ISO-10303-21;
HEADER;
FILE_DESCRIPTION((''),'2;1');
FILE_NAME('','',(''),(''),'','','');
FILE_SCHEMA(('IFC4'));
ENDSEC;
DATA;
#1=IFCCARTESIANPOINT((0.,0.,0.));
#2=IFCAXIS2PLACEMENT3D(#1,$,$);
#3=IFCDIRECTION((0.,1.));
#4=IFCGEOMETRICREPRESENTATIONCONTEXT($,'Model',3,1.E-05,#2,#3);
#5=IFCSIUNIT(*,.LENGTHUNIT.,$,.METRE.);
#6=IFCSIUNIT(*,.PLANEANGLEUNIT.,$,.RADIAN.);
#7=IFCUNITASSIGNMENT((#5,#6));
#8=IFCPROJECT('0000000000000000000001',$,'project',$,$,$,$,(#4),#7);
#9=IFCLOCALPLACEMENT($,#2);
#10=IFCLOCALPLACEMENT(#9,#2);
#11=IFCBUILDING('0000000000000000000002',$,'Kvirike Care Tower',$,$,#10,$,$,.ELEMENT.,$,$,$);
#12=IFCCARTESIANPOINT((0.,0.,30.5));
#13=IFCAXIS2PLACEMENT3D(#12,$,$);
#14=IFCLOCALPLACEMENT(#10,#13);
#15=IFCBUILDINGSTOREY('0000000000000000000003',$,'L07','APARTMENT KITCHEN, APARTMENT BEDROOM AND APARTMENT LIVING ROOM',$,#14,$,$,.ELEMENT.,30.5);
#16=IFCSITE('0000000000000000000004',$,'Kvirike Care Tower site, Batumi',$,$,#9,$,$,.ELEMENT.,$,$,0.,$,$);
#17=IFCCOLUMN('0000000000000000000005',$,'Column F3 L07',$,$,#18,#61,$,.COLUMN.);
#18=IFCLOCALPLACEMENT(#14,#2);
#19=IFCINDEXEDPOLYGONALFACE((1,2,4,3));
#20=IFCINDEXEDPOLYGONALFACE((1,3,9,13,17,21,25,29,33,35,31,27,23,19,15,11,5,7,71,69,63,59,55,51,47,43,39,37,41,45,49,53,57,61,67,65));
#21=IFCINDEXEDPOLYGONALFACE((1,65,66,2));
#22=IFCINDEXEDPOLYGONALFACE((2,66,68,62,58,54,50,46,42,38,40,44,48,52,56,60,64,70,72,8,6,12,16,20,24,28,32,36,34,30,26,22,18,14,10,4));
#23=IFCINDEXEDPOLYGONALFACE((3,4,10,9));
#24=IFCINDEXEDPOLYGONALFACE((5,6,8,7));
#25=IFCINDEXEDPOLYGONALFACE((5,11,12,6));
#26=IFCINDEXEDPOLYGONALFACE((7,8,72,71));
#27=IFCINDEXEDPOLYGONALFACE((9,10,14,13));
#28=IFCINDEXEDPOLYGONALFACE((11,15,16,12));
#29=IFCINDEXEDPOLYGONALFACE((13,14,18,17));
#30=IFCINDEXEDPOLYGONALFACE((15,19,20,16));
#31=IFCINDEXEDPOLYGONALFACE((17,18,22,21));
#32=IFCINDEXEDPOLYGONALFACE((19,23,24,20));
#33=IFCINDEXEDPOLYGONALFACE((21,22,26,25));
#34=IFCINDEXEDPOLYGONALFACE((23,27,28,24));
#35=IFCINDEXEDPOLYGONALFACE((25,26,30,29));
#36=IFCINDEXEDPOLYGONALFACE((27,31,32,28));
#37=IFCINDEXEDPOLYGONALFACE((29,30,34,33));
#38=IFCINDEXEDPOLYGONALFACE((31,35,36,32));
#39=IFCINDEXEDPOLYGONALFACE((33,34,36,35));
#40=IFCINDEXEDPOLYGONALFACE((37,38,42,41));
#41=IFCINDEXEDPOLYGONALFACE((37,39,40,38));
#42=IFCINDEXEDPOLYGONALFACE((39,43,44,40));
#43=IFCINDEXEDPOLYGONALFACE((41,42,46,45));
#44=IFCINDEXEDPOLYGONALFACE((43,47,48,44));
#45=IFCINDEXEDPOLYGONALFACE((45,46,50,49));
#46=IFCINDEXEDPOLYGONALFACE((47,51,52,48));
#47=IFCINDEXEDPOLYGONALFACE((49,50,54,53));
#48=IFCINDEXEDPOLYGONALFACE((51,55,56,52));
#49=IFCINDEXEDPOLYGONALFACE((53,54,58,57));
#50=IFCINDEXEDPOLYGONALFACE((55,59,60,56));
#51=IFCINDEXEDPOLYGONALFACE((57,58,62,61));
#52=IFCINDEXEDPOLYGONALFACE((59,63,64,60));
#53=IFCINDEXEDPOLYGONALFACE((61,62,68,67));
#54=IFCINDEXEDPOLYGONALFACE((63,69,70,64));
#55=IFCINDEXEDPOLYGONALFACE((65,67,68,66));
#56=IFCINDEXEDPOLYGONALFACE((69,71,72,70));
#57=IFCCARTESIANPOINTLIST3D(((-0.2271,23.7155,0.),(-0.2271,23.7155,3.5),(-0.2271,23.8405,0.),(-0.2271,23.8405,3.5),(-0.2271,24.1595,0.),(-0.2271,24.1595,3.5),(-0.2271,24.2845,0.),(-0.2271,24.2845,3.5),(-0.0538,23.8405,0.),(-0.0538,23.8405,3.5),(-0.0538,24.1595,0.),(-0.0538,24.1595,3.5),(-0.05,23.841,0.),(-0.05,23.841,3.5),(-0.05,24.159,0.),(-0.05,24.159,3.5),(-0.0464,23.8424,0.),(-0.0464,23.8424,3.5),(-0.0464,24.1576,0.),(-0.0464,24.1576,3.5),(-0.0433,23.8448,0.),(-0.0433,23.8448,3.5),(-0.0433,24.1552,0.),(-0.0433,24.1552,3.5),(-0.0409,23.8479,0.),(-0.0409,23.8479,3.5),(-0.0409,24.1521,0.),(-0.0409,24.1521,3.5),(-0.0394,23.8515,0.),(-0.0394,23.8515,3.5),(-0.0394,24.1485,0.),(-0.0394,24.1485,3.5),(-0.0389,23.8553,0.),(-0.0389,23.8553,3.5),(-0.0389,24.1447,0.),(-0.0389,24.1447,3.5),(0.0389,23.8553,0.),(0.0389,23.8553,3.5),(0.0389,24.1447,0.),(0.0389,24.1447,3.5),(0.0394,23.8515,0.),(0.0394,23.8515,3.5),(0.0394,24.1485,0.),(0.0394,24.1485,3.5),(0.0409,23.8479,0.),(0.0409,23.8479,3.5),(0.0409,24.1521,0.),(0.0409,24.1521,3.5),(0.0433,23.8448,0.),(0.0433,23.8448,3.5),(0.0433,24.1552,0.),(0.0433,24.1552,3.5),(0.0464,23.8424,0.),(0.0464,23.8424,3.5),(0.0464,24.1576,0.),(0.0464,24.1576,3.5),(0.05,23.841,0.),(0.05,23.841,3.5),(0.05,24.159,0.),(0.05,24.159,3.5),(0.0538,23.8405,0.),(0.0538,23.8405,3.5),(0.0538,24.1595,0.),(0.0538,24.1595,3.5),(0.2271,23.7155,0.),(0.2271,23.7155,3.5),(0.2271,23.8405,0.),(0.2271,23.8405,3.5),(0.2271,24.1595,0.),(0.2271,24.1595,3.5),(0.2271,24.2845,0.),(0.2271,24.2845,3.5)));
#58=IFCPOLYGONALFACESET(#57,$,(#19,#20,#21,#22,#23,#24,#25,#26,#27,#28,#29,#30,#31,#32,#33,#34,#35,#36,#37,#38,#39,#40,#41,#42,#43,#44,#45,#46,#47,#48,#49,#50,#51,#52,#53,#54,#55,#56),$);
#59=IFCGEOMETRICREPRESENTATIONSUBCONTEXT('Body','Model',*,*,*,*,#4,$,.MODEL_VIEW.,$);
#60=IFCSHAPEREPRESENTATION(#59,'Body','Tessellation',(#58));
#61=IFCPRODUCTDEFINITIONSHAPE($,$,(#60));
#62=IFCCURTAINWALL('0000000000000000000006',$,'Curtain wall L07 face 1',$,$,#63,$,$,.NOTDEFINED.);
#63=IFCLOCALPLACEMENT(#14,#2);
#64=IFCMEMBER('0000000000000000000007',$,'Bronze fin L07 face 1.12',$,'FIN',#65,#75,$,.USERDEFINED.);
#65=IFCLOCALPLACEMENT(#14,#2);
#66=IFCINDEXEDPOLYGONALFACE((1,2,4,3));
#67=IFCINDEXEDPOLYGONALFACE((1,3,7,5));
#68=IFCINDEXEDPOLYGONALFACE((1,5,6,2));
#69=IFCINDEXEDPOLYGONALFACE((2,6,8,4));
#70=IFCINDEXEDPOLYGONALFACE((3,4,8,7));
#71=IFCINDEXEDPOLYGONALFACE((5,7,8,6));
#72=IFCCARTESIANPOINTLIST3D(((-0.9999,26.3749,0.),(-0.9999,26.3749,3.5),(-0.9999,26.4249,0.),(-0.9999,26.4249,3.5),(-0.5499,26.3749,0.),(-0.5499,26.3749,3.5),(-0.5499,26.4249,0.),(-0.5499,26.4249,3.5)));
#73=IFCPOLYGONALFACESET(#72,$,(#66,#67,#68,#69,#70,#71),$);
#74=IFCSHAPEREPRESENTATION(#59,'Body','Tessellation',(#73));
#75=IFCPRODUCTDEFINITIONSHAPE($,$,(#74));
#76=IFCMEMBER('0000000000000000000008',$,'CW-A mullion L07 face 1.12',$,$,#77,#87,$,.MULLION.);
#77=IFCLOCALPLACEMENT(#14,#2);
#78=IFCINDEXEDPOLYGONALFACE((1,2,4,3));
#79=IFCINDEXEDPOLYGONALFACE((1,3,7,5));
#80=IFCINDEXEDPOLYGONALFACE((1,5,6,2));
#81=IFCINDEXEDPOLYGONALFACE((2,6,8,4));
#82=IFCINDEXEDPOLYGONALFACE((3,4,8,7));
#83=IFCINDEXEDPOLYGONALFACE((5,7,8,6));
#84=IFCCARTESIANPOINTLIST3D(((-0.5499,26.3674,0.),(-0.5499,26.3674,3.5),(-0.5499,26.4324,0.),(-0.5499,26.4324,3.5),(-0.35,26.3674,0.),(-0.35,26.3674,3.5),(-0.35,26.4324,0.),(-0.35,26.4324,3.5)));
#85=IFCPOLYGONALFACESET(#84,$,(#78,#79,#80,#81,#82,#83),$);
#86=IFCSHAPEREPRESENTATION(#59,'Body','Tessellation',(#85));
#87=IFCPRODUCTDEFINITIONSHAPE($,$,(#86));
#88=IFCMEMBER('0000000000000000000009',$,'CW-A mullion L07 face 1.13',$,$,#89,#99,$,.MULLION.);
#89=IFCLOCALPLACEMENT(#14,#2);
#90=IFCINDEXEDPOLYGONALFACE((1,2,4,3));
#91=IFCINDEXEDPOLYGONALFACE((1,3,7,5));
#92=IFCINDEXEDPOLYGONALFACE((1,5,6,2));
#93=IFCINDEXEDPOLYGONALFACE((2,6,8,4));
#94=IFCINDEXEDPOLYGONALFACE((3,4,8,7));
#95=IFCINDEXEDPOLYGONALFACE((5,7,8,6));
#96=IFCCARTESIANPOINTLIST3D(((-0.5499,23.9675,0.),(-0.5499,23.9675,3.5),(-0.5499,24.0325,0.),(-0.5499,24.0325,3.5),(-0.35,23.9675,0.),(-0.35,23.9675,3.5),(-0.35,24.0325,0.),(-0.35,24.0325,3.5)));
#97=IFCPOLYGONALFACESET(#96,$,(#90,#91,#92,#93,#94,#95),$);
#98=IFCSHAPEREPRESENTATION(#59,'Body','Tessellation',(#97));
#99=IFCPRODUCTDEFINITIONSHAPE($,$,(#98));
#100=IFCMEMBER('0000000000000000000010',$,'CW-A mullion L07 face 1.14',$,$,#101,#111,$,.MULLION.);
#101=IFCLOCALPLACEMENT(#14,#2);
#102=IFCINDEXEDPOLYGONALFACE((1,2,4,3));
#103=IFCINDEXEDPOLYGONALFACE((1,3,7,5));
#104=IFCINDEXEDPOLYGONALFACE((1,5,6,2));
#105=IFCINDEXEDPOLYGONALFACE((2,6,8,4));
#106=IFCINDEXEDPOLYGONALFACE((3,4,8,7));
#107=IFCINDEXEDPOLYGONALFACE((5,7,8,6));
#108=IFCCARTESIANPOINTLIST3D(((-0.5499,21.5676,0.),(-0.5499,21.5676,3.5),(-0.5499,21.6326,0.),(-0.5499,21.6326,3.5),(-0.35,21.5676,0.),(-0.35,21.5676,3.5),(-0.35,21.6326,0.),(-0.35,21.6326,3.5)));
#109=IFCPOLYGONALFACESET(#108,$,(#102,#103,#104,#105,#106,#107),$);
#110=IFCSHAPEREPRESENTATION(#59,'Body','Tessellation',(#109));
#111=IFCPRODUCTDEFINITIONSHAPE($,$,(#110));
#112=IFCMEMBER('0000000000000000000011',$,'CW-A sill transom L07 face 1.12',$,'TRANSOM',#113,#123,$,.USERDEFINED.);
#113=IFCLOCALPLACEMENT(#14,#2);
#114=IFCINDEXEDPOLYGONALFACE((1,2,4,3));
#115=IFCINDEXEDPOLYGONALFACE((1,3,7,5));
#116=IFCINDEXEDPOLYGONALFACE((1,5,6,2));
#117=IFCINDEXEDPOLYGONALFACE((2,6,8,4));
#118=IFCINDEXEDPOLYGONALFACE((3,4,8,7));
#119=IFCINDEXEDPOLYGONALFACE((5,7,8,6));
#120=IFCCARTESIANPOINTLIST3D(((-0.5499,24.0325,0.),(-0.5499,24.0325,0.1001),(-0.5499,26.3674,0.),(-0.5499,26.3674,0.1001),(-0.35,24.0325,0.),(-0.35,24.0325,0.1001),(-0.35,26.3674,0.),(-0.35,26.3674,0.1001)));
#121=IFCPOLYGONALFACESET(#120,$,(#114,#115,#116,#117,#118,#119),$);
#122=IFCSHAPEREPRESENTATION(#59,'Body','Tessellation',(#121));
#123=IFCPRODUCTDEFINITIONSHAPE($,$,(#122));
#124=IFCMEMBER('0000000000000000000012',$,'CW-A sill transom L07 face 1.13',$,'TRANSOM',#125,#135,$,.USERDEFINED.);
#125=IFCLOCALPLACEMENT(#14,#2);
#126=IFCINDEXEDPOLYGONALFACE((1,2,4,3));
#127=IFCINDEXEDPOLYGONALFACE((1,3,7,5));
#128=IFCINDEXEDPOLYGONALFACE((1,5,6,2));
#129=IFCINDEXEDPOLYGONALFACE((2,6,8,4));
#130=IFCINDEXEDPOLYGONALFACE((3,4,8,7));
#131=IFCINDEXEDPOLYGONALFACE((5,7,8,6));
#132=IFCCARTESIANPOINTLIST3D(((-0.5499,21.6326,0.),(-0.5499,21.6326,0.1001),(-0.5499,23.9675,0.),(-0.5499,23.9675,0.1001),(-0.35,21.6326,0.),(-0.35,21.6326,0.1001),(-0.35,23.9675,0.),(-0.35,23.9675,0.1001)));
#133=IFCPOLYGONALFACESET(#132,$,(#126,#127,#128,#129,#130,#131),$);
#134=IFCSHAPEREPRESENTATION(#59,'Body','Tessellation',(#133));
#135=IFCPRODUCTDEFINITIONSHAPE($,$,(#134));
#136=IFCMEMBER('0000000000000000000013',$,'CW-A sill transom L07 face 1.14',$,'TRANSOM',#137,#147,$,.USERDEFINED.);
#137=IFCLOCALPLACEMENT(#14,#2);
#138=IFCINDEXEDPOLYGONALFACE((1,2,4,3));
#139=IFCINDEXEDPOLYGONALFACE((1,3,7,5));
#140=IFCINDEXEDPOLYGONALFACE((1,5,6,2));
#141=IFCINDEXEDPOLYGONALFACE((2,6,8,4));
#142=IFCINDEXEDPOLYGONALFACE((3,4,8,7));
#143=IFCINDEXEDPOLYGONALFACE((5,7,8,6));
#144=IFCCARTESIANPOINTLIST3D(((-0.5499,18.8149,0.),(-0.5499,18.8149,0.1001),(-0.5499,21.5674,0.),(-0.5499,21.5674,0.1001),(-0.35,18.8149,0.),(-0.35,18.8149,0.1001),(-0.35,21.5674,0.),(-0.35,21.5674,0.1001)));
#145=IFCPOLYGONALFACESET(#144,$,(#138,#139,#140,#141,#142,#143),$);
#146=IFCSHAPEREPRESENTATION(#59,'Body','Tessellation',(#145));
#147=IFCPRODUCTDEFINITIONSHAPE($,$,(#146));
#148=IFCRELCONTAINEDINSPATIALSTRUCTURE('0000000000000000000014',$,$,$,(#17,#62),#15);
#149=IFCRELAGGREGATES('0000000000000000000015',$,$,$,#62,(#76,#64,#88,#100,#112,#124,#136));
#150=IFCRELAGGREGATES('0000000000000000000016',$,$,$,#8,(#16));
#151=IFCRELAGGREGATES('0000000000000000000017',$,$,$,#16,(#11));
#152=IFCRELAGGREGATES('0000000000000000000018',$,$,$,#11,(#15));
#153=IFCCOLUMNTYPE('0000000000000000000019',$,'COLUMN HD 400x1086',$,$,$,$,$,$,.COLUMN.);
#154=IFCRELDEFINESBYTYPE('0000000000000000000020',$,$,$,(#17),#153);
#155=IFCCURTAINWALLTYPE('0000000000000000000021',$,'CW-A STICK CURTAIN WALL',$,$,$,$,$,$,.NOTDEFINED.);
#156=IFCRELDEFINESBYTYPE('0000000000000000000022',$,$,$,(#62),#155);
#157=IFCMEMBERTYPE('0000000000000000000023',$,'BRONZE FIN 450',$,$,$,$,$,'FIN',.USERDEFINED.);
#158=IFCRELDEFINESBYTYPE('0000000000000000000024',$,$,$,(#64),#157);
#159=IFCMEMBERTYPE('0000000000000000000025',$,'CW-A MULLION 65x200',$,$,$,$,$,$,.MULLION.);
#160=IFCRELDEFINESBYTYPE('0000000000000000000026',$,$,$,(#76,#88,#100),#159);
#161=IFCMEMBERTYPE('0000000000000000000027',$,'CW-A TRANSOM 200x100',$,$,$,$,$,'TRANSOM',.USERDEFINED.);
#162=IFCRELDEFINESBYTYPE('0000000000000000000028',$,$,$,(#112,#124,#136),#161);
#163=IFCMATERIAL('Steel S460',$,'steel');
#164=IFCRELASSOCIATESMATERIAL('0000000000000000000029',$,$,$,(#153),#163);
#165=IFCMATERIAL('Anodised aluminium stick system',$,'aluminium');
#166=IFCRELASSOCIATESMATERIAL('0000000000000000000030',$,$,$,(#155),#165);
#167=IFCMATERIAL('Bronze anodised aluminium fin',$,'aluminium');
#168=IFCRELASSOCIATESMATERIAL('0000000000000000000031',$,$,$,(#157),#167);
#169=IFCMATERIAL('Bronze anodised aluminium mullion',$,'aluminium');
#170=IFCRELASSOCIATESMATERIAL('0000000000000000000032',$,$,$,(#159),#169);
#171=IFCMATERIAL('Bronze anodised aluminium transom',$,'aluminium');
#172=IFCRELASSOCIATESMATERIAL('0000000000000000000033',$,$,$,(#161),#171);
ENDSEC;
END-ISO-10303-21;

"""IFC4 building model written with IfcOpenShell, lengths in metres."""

from ifc_helpers import new_model, si_unit, direction, frame, origin, origin_2d, place, context, subcontext, project, spatial, rectangle, i_section, extrude, material, material_profile, profile_set, type_object, element, aggregate, save


model = new_model("IFC4")

# Units and contexts
model_context = context("Model", 3, precision=1e-05, world=origin(), true_north=direction((0.0, 1.0)))
body_context = subcontext(model_context, "Body", "Model", "MODEL_VIEW")
ifc_project = project(units=[si_unit("LENGTHUNIT", "METRE"), si_unit("PLANEANGLEUNIT", "RADIAN")], contexts=[model_context])

# Site, building, storey
site_placement = place(None, origin())
site = spatial("IfcSite", under=ifc_project, at=site_placement, Name="Kvirike Care Tower site, Batumi", CompositionType="ELEMENT", RefElevation=0.0)
building_placement = place(site_placement, origin())
building = spatial("IfcBuilding", under=site, at=building_placement, Name="Kvirike Care Tower", CompositionType="ELEMENT")
storey_placement = place(building_placement, frame((0.0, 0.0, 30.5)))
storey = spatial("IfcBuildingStorey", under=building, at=storey_placement, Name="L07", Description="APARTMENT KITCHEN, APARTMENT BEDROOM AND APARTMENT LIVING ROOM", CompositionType="ELEMENT", Elevation=30.5)

# Column
ifc_material_1 = material(Name="Steel S460", Category="steel")
ifc_material_profile_1 = material_profile(ifc_material_1, i_section(OverallWidth=0.4541, OverallDepth=0.5691, WebThickness=0.0779, FlangeThickness=0.125, FilletRadius=0.0149, at=origin_2d()), Name="HD 400x1086")
ifc_profile_set_1 = profile_set([ifc_material_profile_1], Name="Steel S460")
column_type = type_object("IfcColumnType", Name="COLUMN HD 400x1086", PredefinedType="COLUMN", material=ifc_profile_set_1)
column_placement = place(storey_placement, frame((0.0, 24.0, 0.0), z_axis=(0.0, 0.0, 1.0), x_axis=(1.0, 0.0, 0.0)))
element("IfcColumn", 1, at=column_placement, inside=storey, type_object=column_type, Name="Column F3 L07", PredefinedType="COLUMN", context=body_context, shape_type="SweptSolid", body=[
    extrude(i_section(OverallWidth=0.4541, OverallDepth=0.5691, WebThickness=0.0779, FlangeThickness=0.125, FilletRadius=0.0149, at=origin_2d()), origin(), (0.0, 0.0, 1.0), 3.5),
])

# Curtain wall, members
ifc_material_2 = material(Name="Anodised aluminium stick system", Category="aluminium")
curtain_wall_type = type_object("IfcCurtainWallType", Name="CW-A STICK CURTAIN WALL", PredefinedType="NOTDEFINED", material=ifc_material_2)
curtain_wall_placement = place(storey_placement, origin())
curtain_wall = element("IfcCurtainWall", 2, at=curtain_wall_placement, inside=storey, type_object=curtain_wall_type, Name="Curtain wall L07 face 1", PredefinedType="NOTDEFINED")
ifc_material_3 = material(Name="Bronze anodised aluminium fin", Category="aluminium")
ifc_material_profile_2 = material_profile(ifc_material_3, rectangle(XDim=0.05, YDim=0.45, at=origin_2d()), Name="BRONZE FIN 450")
ifc_profile_set_2 = profile_set([ifc_material_profile_2], Name="Bronze anodised aluminium fin")
member_type_1 = type_object("IfcMemberType", Name="BRONZE FIN 450", ElementType="FIN", PredefinedType="USERDEFINED", material=ifc_profile_set_2)
member_1_placement = place(storey_placement, frame((-0.7749, 26.3999, 0.0), z_axis=(0.0, 0.0, 1.0), x_axis=(0.0, -1.0, 0.0)))
member_1 = element("IfcMember", 3, at=member_1_placement, type_object=member_type_1, Name="Bronze fin L07 face 1.12", ObjectType="FIN", PredefinedType="USERDEFINED", context=body_context, shape_type="SweptSolid", body=[
    extrude(rectangle(XDim=0.05, YDim=0.45, at=origin_2d()), origin(), (0.0, 0.0, 1.0), 3.5),
])
ifc_material_4 = material(Name="Bronze anodised aluminium mullion", Category="aluminium")
ifc_material_profile_3 = material_profile(ifc_material_4, rectangle(XDim=0.0649, YDim=0.2, at=origin_2d()), Name="CW-A MULLION 65x200")
ifc_profile_set_3 = profile_set([ifc_material_profile_3], Name="Bronze anodised aluminium mullion")
member_type_2 = type_object("IfcMemberType", Name="CW-A MULLION 65x200", PredefinedType="MULLION", material=ifc_profile_set_3)
member_2_placement = place(storey_placement, frame((-0.45, 26.3999, 0.0), z_axis=(0.0, 0.0, 1.0), x_axis=(0.0, -1.0, 0.0)))
member_2 = element("IfcMember", 4, at=member_2_placement, type_object=member_type_2, Name="CW-A mullion L07 face 1.12", PredefinedType="MULLION", context=body_context, shape_type="SweptSolid", body=[
    extrude(rectangle(XDim=0.0649, YDim=0.2, at=origin_2d()), origin(), (0.0, 0.0, 1.0), 3.5),
])
member_3_placement = place(storey_placement, frame((-0.45, 24.0, 0.0), z_axis=(0.0, 0.0, 1.0), x_axis=(0.0, -1.0, 0.0)))
member_3 = element("IfcMember", 5, at=member_3_placement, type_object=member_type_2, Name="CW-A mullion L07 face 1.13", PredefinedType="MULLION", context=body_context, shape_type="SweptSolid", body=[
    extrude(rectangle(XDim=0.0649, YDim=0.2, at=origin_2d()), origin(), (0.0, 0.0, 1.0), 3.5),
])
member_4_placement = place(storey_placement, frame((-0.45, 21.6001, 0.0), z_axis=(0.0, 0.0, 1.0), x_axis=(0.0, -1.0, 0.0)))
member_4 = element("IfcMember", 6, at=member_4_placement, type_object=member_type_2, Name="CW-A mullion L07 face 1.14", PredefinedType="MULLION", context=body_context, shape_type="SweptSolid", body=[
    extrude(rectangle(XDim=0.0649, YDim=0.2, at=origin_2d()), origin(), (0.0, 0.0, 1.0), 3.5),
])
ifc_material_5 = material(Name="Bronze anodised aluminium transom", Category="aluminium")
ifc_material_profile_4 = material_profile(ifc_material_5, rectangle(XDim=0.2, YDim=0.1001, at=origin_2d()), Name="CW-A TRANSOM 200x100")
ifc_profile_set_4 = profile_set([ifc_material_profile_4], Name="Bronze anodised aluminium transom")
member_type_3 = type_object("IfcMemberType", Name="CW-A TRANSOM 200x100", ElementType="TRANSOM", PredefinedType="USERDEFINED", material=ifc_profile_set_4)
member_5_placement = place(storey_placement, frame((-0.45, 26.3674, 0.05), z_axis=(0.0, -1.0, 0.0), x_axis=(1.0, 0.0, 0.0)))
member_5 = element("IfcMember", 7, at=member_5_placement, type_object=member_type_3, Name="CW-A sill transom L07 face 1.12", ObjectType="TRANSOM", PredefinedType="USERDEFINED", context=body_context, shape_type="SweptSolid", body=[
    extrude(rectangle(XDim=0.2, YDim=0.1001, at=origin_2d()), origin(), (0.0, 0.0, 1.0), 2.335),
])
member_6_placement = place(storey_placement, frame((-0.45, 23.9675, 0.05), z_axis=(0.0, -1.0, 0.0), x_axis=(1.0, 0.0, 0.0)))
member_6 = element("IfcMember", 8, at=member_6_placement, type_object=member_type_3, Name="CW-A sill transom L07 face 1.13", ObjectType="TRANSOM", PredefinedType="USERDEFINED", context=body_context, shape_type="SweptSolid", body=[
    extrude(rectangle(XDim=0.2, YDim=0.1001, at=origin_2d()), origin(), (0.0, 0.0, 1.0), 2.335),
])
member_7_placement = place(storey_placement, frame((-0.45, 21.5674, 0.05), z_axis=(0.0, -1.0, 0.0), x_axis=(1.0, 0.0, 0.0)))
member_7 = element("IfcMember", 9, at=member_7_placement, type_object=member_type_3, Name="CW-A sill transom L07 face 1.14", ObjectType="TRANSOM", PredefinedType="USERDEFINED", context=body_context, shape_type="SweptSolid", body=[
    extrude(rectangle(XDim=0.2, YDim=0.1001, at=origin_2d()), origin(), (0.0, 0.0, 1.0), 2.7524),
])

aggregate(curtain_wall, [member_2, member_1, member_3, member_4, member_5, member_6, member_7])

save(model, "model.ifc")
